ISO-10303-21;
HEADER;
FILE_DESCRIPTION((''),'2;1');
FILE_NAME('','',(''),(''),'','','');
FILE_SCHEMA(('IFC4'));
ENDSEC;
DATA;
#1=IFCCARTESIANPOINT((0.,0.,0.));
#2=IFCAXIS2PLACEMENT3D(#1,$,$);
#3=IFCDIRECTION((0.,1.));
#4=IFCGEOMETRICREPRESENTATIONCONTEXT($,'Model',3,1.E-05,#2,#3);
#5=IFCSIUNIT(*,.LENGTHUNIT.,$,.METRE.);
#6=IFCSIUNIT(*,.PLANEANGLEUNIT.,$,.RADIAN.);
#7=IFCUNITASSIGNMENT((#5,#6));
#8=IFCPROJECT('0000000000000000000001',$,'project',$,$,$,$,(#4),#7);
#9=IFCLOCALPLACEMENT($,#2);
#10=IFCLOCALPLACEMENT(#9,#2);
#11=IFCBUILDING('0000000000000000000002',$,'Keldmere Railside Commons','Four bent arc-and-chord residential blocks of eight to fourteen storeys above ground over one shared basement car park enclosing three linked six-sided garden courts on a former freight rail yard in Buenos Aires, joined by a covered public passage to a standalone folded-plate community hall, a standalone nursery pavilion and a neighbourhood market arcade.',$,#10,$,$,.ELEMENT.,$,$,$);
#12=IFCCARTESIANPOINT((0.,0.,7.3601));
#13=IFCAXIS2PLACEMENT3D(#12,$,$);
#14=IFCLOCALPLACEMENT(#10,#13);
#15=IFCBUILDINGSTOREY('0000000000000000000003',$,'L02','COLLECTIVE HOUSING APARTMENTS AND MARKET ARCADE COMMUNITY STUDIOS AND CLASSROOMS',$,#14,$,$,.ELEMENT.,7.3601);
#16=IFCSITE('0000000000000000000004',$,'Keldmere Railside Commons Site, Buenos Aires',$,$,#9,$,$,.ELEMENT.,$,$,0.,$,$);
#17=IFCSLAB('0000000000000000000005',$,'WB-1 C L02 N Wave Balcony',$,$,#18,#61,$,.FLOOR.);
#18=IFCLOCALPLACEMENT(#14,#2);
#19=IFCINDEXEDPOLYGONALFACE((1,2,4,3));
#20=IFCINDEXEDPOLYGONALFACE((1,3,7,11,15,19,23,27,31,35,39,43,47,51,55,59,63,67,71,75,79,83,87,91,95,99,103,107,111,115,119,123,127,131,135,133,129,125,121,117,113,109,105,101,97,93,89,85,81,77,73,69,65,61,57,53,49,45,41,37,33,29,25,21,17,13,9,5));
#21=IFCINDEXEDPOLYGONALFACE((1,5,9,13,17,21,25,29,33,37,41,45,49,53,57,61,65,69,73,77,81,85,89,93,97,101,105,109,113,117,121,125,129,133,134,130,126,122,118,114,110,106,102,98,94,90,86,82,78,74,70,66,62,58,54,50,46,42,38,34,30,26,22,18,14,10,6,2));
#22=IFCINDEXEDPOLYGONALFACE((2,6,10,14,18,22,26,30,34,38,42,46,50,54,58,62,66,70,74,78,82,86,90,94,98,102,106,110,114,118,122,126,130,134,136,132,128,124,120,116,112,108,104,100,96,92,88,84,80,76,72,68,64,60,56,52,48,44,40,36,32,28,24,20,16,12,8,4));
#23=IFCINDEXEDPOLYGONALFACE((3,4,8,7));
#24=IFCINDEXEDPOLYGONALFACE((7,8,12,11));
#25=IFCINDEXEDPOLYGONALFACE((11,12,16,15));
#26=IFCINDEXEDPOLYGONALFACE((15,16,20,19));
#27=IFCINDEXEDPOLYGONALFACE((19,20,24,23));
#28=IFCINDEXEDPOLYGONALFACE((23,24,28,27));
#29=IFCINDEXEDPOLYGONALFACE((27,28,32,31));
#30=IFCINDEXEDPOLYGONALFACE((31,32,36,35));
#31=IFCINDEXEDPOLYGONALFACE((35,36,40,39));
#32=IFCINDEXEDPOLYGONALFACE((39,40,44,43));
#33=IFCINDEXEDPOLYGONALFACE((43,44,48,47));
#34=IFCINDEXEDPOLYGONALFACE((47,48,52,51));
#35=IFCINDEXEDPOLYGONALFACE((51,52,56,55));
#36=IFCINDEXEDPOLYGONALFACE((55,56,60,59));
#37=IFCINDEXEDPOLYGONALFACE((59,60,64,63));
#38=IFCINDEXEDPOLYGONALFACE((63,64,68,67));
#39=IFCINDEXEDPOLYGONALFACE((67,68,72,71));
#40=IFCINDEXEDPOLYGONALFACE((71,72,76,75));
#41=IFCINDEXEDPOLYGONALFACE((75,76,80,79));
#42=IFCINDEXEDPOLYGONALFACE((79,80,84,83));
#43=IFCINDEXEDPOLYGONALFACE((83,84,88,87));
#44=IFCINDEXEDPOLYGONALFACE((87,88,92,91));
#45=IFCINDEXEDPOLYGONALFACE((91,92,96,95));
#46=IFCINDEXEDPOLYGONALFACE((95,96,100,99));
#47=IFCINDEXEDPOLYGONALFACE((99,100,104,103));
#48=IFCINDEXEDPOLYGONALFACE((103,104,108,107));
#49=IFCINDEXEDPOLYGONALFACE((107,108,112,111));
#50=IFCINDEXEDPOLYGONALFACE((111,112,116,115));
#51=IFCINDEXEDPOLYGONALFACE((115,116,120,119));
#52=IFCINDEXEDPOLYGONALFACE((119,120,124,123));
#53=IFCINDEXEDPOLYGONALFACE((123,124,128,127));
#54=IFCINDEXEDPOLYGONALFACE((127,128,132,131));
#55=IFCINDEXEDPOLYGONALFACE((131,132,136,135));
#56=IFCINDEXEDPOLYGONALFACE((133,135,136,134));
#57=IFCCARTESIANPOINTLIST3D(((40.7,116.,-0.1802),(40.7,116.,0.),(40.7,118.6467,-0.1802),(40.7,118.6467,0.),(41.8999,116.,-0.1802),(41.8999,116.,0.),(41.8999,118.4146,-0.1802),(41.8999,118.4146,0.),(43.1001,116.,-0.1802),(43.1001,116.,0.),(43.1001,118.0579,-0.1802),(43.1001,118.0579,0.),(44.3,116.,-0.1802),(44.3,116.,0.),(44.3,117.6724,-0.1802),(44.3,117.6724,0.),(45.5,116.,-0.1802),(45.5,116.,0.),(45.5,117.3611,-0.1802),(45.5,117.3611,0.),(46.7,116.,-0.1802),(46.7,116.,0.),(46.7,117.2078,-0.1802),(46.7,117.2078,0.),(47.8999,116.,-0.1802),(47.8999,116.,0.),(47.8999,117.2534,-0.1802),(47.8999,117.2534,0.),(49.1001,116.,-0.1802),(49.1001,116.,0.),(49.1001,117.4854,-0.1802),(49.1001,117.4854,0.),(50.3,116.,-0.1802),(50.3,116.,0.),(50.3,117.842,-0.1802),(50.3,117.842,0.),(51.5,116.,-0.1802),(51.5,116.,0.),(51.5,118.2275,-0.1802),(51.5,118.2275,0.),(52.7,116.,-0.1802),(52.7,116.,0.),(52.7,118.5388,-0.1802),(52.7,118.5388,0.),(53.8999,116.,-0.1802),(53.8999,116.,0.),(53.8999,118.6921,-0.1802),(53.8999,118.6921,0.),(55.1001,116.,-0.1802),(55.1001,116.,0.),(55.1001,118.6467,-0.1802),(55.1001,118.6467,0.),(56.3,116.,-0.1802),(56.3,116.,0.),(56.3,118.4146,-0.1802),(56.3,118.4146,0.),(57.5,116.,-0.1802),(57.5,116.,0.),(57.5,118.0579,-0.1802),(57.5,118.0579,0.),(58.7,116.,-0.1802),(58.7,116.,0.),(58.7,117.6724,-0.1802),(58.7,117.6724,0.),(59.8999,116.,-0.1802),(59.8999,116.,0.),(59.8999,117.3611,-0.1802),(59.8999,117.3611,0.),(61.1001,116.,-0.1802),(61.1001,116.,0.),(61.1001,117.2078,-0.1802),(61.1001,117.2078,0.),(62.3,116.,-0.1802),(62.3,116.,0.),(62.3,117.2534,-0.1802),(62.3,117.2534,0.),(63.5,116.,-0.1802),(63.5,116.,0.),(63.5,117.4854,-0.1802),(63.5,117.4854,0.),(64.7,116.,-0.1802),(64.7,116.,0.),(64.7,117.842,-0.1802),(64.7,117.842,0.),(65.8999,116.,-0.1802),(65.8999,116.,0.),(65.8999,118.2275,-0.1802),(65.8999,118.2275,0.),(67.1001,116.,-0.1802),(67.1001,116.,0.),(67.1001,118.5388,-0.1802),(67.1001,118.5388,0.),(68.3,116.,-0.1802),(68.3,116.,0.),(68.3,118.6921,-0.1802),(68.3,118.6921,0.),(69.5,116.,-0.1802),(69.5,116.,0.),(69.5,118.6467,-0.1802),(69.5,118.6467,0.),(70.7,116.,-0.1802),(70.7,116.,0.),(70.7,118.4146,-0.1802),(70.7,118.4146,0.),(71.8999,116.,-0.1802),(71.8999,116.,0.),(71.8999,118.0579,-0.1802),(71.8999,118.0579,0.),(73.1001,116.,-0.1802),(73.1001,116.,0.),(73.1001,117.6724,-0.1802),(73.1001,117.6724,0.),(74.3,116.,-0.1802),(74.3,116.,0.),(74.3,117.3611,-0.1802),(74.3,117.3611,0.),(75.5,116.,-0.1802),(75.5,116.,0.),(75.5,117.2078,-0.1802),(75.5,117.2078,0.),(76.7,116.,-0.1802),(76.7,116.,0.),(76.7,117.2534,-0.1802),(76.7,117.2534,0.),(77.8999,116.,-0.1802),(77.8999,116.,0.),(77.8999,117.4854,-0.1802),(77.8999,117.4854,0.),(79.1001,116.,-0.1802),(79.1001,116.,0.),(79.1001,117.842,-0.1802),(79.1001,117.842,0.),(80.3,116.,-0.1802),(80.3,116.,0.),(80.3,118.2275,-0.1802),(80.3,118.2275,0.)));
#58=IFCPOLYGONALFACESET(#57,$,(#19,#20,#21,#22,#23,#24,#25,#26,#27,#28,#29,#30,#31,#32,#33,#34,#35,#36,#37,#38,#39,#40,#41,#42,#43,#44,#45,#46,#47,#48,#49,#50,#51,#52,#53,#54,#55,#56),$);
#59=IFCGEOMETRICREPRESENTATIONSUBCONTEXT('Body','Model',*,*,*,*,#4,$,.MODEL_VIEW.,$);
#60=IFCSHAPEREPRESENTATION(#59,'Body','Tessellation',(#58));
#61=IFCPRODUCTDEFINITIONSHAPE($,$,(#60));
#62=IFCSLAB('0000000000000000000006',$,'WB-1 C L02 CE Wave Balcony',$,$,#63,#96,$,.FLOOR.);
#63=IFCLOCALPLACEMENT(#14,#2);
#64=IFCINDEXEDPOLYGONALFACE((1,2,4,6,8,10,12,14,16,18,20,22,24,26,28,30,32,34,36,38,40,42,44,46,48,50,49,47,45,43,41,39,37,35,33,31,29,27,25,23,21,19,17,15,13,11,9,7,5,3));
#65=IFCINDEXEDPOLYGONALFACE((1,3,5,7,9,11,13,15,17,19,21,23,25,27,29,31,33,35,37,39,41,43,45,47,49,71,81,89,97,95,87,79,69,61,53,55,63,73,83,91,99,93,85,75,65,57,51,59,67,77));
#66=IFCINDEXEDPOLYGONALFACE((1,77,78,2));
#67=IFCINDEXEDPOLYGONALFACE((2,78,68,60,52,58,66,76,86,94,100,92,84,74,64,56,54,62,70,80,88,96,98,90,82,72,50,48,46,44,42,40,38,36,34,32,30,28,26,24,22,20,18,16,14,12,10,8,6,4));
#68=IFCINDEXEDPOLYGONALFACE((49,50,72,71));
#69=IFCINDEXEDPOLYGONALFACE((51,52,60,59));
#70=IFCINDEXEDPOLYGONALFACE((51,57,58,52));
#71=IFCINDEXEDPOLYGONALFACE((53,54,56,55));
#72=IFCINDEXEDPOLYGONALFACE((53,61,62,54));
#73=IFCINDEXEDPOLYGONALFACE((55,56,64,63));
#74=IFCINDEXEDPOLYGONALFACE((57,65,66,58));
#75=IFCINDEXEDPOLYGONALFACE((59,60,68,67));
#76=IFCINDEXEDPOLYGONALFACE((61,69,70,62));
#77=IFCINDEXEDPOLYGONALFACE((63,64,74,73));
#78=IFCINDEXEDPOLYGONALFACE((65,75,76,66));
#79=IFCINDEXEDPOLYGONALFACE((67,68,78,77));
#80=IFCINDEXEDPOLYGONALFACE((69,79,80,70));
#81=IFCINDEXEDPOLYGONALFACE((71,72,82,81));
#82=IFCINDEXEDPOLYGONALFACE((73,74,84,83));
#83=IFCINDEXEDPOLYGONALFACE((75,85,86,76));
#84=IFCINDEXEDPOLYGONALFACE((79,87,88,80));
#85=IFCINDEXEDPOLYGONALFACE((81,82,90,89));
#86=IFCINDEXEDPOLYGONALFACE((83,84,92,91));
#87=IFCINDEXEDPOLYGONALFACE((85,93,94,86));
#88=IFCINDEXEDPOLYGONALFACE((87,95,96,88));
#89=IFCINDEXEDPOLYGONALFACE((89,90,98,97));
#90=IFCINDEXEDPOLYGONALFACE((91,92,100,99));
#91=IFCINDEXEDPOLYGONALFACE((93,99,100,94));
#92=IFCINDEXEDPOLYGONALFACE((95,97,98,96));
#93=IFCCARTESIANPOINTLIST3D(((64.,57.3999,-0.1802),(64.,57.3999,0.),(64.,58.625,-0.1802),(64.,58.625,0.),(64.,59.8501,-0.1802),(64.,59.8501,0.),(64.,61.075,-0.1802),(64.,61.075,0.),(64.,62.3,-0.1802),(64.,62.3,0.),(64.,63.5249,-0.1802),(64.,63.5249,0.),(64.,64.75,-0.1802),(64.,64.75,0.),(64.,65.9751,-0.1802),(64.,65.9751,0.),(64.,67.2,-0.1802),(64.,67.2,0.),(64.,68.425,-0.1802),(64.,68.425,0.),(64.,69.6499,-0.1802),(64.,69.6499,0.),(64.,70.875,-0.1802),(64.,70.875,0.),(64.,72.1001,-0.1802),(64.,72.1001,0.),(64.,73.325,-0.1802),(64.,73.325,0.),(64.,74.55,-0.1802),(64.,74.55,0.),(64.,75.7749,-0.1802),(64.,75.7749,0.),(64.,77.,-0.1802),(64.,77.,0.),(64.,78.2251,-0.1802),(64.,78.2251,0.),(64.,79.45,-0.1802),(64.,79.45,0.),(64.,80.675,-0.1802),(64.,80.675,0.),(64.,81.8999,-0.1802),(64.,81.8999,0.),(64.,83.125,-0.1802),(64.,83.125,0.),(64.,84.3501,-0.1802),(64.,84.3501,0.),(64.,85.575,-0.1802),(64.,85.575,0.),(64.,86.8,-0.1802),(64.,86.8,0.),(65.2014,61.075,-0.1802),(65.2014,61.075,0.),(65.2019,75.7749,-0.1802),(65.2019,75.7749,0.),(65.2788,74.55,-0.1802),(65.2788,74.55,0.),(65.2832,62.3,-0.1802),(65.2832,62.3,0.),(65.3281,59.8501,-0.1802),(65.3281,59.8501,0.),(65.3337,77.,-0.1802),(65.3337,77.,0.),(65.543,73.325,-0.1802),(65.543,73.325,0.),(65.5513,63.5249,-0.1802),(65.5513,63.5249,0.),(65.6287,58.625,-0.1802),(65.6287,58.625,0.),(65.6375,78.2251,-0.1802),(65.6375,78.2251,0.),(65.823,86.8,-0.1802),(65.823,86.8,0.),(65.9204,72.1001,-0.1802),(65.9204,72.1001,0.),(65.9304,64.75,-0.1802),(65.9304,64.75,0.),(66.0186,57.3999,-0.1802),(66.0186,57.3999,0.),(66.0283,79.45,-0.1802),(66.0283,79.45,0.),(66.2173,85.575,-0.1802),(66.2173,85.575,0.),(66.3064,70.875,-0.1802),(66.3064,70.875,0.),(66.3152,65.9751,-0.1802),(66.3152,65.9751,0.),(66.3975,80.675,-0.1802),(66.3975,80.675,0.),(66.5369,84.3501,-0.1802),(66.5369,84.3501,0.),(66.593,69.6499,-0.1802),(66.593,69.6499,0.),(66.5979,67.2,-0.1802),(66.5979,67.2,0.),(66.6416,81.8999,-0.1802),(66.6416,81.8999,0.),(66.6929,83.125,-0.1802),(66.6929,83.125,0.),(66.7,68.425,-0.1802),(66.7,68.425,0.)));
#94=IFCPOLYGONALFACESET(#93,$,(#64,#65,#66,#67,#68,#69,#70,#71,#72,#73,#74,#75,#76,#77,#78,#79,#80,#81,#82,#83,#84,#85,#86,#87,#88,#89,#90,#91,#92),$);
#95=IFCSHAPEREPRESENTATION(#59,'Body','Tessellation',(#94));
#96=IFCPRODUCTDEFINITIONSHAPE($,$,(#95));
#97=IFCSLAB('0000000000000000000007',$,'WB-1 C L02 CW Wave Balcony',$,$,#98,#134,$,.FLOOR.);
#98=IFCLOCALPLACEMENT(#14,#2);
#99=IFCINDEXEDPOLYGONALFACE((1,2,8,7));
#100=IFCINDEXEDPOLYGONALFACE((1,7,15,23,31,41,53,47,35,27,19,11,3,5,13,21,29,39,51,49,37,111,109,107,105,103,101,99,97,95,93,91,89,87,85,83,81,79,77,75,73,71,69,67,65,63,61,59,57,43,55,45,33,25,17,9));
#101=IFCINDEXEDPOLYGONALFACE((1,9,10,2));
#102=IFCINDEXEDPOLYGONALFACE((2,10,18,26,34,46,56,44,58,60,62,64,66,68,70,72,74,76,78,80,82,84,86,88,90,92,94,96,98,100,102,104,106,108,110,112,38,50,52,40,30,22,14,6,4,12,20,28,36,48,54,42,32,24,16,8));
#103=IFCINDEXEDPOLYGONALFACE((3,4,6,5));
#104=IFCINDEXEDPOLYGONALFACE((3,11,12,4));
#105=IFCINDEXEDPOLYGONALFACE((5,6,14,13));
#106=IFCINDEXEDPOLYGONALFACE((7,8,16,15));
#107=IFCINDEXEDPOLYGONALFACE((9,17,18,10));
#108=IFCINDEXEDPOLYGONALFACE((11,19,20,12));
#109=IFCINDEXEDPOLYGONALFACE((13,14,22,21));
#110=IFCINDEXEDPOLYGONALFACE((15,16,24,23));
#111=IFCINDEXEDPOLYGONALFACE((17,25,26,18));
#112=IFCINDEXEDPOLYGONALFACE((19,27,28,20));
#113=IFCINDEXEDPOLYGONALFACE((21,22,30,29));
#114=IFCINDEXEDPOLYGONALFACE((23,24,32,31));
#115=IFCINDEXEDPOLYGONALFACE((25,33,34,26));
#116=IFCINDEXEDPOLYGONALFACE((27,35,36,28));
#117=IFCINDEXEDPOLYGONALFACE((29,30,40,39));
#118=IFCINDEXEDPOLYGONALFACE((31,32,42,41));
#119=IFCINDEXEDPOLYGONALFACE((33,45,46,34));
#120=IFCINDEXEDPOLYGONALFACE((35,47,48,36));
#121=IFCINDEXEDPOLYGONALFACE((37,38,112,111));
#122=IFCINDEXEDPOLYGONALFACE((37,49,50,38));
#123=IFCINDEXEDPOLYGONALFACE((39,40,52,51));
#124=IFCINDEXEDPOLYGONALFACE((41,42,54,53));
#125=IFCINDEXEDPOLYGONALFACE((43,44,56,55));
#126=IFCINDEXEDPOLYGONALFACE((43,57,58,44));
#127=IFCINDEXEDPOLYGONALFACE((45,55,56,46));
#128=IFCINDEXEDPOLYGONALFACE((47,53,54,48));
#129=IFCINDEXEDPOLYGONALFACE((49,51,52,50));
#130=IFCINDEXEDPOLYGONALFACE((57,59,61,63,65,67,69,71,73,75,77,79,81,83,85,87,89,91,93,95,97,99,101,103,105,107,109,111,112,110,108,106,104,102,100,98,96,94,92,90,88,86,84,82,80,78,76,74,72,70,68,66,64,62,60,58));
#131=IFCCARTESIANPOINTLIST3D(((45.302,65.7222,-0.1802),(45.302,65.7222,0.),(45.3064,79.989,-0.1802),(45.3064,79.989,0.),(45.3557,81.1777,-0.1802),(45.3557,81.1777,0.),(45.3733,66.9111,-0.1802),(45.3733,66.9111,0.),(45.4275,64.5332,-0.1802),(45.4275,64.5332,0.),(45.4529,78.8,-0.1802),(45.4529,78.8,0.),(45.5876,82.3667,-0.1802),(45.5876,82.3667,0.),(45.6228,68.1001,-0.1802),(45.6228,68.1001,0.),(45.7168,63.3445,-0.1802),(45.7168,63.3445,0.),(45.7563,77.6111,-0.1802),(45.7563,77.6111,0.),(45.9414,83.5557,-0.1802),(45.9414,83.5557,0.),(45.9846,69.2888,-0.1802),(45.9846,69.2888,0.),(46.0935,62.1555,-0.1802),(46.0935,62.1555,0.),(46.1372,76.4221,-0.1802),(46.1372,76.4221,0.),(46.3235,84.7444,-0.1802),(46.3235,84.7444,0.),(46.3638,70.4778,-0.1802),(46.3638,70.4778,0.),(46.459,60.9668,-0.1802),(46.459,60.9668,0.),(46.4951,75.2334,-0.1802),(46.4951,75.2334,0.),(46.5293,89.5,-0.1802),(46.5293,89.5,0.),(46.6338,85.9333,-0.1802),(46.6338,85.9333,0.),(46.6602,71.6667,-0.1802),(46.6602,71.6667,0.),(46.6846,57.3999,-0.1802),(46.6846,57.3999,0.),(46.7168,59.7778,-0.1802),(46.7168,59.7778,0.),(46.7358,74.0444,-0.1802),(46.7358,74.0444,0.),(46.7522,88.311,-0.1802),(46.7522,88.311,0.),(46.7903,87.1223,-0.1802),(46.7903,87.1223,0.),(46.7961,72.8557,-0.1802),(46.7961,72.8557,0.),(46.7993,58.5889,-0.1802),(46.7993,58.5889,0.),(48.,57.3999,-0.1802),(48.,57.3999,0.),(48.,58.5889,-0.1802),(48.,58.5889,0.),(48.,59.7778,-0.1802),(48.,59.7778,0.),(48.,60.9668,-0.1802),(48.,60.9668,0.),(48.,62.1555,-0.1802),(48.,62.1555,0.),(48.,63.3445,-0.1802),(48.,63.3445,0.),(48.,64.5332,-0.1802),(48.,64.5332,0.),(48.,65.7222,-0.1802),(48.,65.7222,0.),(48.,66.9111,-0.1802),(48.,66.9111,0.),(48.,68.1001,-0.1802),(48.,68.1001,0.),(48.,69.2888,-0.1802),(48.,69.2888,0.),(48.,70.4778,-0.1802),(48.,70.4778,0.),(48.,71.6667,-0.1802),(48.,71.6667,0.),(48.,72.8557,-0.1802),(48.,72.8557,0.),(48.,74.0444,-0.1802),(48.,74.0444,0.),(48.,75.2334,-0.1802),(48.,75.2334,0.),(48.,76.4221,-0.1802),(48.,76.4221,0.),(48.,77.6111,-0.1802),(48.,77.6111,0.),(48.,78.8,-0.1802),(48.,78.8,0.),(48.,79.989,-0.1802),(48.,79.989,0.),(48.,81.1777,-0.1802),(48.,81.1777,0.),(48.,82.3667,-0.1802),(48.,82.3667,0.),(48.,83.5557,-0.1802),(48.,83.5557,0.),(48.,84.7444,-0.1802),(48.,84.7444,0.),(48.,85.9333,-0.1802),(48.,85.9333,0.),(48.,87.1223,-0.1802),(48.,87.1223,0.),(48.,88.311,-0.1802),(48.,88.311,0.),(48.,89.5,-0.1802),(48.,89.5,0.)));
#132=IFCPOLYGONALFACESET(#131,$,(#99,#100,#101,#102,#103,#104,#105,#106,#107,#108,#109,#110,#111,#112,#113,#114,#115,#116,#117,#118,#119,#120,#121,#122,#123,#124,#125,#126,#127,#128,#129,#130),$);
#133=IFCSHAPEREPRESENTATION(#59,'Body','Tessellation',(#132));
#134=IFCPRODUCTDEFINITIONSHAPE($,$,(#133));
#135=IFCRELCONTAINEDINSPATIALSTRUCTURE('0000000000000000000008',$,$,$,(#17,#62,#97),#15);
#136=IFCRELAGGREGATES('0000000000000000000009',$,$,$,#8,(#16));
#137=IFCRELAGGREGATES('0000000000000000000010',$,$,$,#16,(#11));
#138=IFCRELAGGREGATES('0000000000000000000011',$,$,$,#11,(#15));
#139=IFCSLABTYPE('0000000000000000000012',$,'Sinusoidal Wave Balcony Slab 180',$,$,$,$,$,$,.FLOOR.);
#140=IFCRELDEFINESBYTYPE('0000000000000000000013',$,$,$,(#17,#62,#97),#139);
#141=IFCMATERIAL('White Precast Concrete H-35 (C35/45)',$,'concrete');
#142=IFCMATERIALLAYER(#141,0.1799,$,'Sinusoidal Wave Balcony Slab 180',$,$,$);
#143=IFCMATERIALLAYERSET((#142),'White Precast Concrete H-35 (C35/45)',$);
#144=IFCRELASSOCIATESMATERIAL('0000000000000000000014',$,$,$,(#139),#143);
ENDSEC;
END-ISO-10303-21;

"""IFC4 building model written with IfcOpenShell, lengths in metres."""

from ifc_helpers import new_model, si_unit, direction, frame, origin, place, context, subcontext, project, spatial, polyline, outline, extrude, material, layer, layer_set, type_object, element, save


model = new_model("IFC4")

# Units and contexts
model_context = context("Model", 3, precision=1e-05, world=origin(), true_north=direction((0.0, 1.0)))
body_context = subcontext(model_context, "Body", "Model", "MODEL_VIEW")
ifc_project = project(units=[si_unit("LENGTHUNIT", "METRE"), si_unit("PLANEANGLEUNIT", "RADIAN")], contexts=[model_context])

# Site, building, storey
site_placement = place(None, origin())
site = spatial("IfcSite", under=ifc_project, at=site_placement, Name="Keldmere Railside Commons Site, Buenos Aires", CompositionType="ELEMENT", RefElevation=0.0)
building_placement = place(site_placement, origin())
building = spatial("IfcBuilding", under=site, at=building_placement, Name="Keldmere Railside Commons", Description="Four bent arc-and-chord residential blocks of eight to fourteen storeys above ground over one shared basement car park enclosing three linked six-sided garden courts on a former freight rail yard in Buenos Aires, joined by a covered public passage to a standalone folded-plate community hall, a standalone nursery pavilion and a neighbourhood market arcade.", CompositionType="ELEMENT")
storey_placement = place(building_placement, frame((0.0, 0.0, 7.3601)))
storey = spatial("IfcBuildingStorey", under=building, at=storey_placement, Name="L02", Description="COLLECTIVE HOUSING APARTMENTS AND MARKET ARCADE COMMUNITY STUDIOS AND CLASSROOMS", CompositionType="ELEMENT", Elevation=7.3601)

# Slabs
ifc_material_1 = material(Name="White Precast Concrete H-35 (C35/45)", Category="concrete")
ifc_layer_1 = layer(ifc_material_1, 0.1799, Name="Sinusoidal Wave Balcony Slab 180")
ifc_layer_set_1 = layer_set([ifc_layer_1], Name="White Precast Concrete H-35 (C35/45)")
slab_type_1 = type_object("IfcSlabType", Name="Sinusoidal Wave Balcony Slab 180", PredefinedType="FLOOR", material=ifc_layer_set_1)
slab_1_placement = place(storey_placement, frame((0.0, 0.0, -0.1802)))
element("IfcSlab", 1, at=slab_1_placement, inside=storey, type_object=slab_type_1, Name="WB-1 C L02 N Wave Balcony", PredefinedType="FLOOR", context=body_context, shape_type="SweptSolid", body=[
    extrude(outline(polyline([(40.7, 116.0), (41.8999, 116.0), (43.1001, 116.0), (44.3, 116.0), (45.5, 116.0), (46.7, 116.0), (47.8999, 116.0), (49.1001, 116.0), (50.3, 116.0), (51.5, 116.0), (52.7, 116.0), (53.8999, 116.0), (55.1001, 116.0), (56.3, 116.0), (57.5, 116.0), (58.7, 116.0), (59.8999, 116.0), (61.1001, 116.0), (62.3, 116.0), (63.5, 116.0), (64.7, 116.0), (65.8999, 116.0), (67.1001, 116.0), (68.3, 116.0), (69.5, 116.0), (70.7, 116.0), (71.8999, 116.0), (73.1001, 116.0), (74.3, 116.0), (75.5, 116.0), (76.7, 116.0), (77.8999, 116.0), (79.1001, 116.0), (80.3, 116.0), (80.3, 118.2275), (79.1001, 117.842), (77.8999, 117.4854), (76.7, 117.2534), (75.5, 117.2078), (74.3, 117.3611), (73.1001, 117.6724), (71.8999, 118.0579), (70.7, 118.4146), (69.5, 118.6467), (68.3, 118.6921), (67.1001, 118.5388), (65.8999, 118.2275), (64.7, 117.842), (63.5, 117.4854), (62.3, 117.2534), (61.1001, 117.2078), (59.8999, 117.3611), (58.7, 117.6724), (57.5, 118.0579), (56.3, 118.4146), (55.1001, 118.6467), (53.8999, 118.6921), (52.7, 118.5388), (51.5, 118.2275), (50.3, 117.842), (49.1001, 117.4854), (47.8999, 117.2534), (46.7, 117.2078), (45.5, 117.3611), (44.3, 117.6724), (43.1001, 118.0579), (41.8999, 118.4146), (40.7, 118.6467), (40.7, 116.0)])), origin(), (0.0, 0.0, 1.0), 0.1802),
])
slab_2_placement = place(storey_placement, frame((0.0, 0.0, -0.1802)))
element("IfcSlab", 2, at=slab_2_placement, inside=storey, type_object=slab_type_1, Name="WB-1 C L02 CE Wave Balcony", PredefinedType="FLOOR", context=body_context, shape_type="SweptSolid", body=[
    extrude(outline(polyline([(66.0186, 57.3999), (65.6287, 58.625), (65.3281, 59.8501), (65.2014, 61.075), (65.2832, 62.3), (65.5513, 63.5249), (65.9304, 64.75), (66.3152, 65.9751), (66.5979, 67.2), (66.7, 68.425), (66.593, 69.6499), (66.3064, 70.875), (65.9204, 72.1001), (65.543, 73.325), (65.2788, 74.55), (65.2019, 75.7749), (65.3337, 77.0), (65.6375, 78.2251), (66.0283, 79.45), (66.3975, 80.675), (66.6416, 81.8999), (66.6929, 83.125), (66.5369, 84.3501), (66.2173, 85.575), (65.823, 86.8), (64.0, 86.8), (64.0, 85.575), (64.0, 84.3501), (64.0, 83.125), (64.0, 81.8999), (64.0, 80.675), (64.0, 79.45), (64.0, 78.2251), (64.0, 77.0), (64.0, 75.7749), (64.0, 74.55), (64.0, 73.325), (64.0, 72.1001), (64.0, 70.875), (64.0, 69.6499), (64.0, 68.425), (64.0, 67.2), (64.0, 65.9751), (64.0, 64.75), (64.0, 63.5249), (64.0, 62.3), (64.0, 61.075), (64.0, 59.8501), (64.0, 58.625), (64.0, 57.3999), (66.0186, 57.3999)])), origin(), (0.0, 0.0, 1.0), 0.1802),
])
slab_3_placement = place(storey_placement, frame((0.0, 0.0, -0.1802)))
element("IfcSlab", 3, at=slab_3_placement, inside=storey, type_object=slab_type_1, Name="WB-1 C L02 CW Wave Balcony", PredefinedType="FLOOR", context=body_context, shape_type="SweptSolid", body=[
    extrude(outline(polyline([(48.0, 57.3999), (48.0, 58.5889), (48.0, 59.7778), (48.0, 60.9668), (48.0, 62.1555), (48.0, 63.3445), (48.0, 64.5332), (48.0, 65.7222), (48.0, 66.9111), (48.0, 68.1001), (48.0, 69.2888), (48.0, 70.4778), (48.0, 71.6667), (48.0, 72.8557), (48.0, 74.0444), (48.0, 75.2334), (48.0, 76.4221), (48.0, 77.6111), (48.0, 78.8), (48.0, 79.989), (48.0, 81.1777), (48.0, 82.3667), (48.0, 83.5557), (48.0, 84.7444), (48.0, 85.9333), (48.0, 87.1223), (48.0, 88.311), (48.0, 89.5), (46.5293, 89.5), (46.7522, 88.311), (46.7903, 87.1223), (46.6338, 85.9333), (46.3235, 84.7444), (45.9414, 83.5557), (45.5876, 82.3667), (45.3557, 81.1777), (45.3064, 79.989), (45.4529, 78.8), (45.7563, 77.6111), (46.1372, 76.4221), (46.4951, 75.2334), (46.7358, 74.0444), (46.7961, 72.8557), (46.6602, 71.6667), (46.3638, 70.4778), (45.9846, 69.2888), (45.6228, 68.1001), (45.3733, 66.9111), (45.302, 65.7222), (45.4275, 64.5332), (45.7168, 63.3445), (46.0935, 62.1555), (46.459, 60.9668), (46.7168, 59.7778), (46.7993, 58.5889), (46.6846, 57.3999), (48.0, 57.3999)])), origin(), (0.0, 0.0, 1.0), 0.1802),
])

save(model, "model.ifc")
